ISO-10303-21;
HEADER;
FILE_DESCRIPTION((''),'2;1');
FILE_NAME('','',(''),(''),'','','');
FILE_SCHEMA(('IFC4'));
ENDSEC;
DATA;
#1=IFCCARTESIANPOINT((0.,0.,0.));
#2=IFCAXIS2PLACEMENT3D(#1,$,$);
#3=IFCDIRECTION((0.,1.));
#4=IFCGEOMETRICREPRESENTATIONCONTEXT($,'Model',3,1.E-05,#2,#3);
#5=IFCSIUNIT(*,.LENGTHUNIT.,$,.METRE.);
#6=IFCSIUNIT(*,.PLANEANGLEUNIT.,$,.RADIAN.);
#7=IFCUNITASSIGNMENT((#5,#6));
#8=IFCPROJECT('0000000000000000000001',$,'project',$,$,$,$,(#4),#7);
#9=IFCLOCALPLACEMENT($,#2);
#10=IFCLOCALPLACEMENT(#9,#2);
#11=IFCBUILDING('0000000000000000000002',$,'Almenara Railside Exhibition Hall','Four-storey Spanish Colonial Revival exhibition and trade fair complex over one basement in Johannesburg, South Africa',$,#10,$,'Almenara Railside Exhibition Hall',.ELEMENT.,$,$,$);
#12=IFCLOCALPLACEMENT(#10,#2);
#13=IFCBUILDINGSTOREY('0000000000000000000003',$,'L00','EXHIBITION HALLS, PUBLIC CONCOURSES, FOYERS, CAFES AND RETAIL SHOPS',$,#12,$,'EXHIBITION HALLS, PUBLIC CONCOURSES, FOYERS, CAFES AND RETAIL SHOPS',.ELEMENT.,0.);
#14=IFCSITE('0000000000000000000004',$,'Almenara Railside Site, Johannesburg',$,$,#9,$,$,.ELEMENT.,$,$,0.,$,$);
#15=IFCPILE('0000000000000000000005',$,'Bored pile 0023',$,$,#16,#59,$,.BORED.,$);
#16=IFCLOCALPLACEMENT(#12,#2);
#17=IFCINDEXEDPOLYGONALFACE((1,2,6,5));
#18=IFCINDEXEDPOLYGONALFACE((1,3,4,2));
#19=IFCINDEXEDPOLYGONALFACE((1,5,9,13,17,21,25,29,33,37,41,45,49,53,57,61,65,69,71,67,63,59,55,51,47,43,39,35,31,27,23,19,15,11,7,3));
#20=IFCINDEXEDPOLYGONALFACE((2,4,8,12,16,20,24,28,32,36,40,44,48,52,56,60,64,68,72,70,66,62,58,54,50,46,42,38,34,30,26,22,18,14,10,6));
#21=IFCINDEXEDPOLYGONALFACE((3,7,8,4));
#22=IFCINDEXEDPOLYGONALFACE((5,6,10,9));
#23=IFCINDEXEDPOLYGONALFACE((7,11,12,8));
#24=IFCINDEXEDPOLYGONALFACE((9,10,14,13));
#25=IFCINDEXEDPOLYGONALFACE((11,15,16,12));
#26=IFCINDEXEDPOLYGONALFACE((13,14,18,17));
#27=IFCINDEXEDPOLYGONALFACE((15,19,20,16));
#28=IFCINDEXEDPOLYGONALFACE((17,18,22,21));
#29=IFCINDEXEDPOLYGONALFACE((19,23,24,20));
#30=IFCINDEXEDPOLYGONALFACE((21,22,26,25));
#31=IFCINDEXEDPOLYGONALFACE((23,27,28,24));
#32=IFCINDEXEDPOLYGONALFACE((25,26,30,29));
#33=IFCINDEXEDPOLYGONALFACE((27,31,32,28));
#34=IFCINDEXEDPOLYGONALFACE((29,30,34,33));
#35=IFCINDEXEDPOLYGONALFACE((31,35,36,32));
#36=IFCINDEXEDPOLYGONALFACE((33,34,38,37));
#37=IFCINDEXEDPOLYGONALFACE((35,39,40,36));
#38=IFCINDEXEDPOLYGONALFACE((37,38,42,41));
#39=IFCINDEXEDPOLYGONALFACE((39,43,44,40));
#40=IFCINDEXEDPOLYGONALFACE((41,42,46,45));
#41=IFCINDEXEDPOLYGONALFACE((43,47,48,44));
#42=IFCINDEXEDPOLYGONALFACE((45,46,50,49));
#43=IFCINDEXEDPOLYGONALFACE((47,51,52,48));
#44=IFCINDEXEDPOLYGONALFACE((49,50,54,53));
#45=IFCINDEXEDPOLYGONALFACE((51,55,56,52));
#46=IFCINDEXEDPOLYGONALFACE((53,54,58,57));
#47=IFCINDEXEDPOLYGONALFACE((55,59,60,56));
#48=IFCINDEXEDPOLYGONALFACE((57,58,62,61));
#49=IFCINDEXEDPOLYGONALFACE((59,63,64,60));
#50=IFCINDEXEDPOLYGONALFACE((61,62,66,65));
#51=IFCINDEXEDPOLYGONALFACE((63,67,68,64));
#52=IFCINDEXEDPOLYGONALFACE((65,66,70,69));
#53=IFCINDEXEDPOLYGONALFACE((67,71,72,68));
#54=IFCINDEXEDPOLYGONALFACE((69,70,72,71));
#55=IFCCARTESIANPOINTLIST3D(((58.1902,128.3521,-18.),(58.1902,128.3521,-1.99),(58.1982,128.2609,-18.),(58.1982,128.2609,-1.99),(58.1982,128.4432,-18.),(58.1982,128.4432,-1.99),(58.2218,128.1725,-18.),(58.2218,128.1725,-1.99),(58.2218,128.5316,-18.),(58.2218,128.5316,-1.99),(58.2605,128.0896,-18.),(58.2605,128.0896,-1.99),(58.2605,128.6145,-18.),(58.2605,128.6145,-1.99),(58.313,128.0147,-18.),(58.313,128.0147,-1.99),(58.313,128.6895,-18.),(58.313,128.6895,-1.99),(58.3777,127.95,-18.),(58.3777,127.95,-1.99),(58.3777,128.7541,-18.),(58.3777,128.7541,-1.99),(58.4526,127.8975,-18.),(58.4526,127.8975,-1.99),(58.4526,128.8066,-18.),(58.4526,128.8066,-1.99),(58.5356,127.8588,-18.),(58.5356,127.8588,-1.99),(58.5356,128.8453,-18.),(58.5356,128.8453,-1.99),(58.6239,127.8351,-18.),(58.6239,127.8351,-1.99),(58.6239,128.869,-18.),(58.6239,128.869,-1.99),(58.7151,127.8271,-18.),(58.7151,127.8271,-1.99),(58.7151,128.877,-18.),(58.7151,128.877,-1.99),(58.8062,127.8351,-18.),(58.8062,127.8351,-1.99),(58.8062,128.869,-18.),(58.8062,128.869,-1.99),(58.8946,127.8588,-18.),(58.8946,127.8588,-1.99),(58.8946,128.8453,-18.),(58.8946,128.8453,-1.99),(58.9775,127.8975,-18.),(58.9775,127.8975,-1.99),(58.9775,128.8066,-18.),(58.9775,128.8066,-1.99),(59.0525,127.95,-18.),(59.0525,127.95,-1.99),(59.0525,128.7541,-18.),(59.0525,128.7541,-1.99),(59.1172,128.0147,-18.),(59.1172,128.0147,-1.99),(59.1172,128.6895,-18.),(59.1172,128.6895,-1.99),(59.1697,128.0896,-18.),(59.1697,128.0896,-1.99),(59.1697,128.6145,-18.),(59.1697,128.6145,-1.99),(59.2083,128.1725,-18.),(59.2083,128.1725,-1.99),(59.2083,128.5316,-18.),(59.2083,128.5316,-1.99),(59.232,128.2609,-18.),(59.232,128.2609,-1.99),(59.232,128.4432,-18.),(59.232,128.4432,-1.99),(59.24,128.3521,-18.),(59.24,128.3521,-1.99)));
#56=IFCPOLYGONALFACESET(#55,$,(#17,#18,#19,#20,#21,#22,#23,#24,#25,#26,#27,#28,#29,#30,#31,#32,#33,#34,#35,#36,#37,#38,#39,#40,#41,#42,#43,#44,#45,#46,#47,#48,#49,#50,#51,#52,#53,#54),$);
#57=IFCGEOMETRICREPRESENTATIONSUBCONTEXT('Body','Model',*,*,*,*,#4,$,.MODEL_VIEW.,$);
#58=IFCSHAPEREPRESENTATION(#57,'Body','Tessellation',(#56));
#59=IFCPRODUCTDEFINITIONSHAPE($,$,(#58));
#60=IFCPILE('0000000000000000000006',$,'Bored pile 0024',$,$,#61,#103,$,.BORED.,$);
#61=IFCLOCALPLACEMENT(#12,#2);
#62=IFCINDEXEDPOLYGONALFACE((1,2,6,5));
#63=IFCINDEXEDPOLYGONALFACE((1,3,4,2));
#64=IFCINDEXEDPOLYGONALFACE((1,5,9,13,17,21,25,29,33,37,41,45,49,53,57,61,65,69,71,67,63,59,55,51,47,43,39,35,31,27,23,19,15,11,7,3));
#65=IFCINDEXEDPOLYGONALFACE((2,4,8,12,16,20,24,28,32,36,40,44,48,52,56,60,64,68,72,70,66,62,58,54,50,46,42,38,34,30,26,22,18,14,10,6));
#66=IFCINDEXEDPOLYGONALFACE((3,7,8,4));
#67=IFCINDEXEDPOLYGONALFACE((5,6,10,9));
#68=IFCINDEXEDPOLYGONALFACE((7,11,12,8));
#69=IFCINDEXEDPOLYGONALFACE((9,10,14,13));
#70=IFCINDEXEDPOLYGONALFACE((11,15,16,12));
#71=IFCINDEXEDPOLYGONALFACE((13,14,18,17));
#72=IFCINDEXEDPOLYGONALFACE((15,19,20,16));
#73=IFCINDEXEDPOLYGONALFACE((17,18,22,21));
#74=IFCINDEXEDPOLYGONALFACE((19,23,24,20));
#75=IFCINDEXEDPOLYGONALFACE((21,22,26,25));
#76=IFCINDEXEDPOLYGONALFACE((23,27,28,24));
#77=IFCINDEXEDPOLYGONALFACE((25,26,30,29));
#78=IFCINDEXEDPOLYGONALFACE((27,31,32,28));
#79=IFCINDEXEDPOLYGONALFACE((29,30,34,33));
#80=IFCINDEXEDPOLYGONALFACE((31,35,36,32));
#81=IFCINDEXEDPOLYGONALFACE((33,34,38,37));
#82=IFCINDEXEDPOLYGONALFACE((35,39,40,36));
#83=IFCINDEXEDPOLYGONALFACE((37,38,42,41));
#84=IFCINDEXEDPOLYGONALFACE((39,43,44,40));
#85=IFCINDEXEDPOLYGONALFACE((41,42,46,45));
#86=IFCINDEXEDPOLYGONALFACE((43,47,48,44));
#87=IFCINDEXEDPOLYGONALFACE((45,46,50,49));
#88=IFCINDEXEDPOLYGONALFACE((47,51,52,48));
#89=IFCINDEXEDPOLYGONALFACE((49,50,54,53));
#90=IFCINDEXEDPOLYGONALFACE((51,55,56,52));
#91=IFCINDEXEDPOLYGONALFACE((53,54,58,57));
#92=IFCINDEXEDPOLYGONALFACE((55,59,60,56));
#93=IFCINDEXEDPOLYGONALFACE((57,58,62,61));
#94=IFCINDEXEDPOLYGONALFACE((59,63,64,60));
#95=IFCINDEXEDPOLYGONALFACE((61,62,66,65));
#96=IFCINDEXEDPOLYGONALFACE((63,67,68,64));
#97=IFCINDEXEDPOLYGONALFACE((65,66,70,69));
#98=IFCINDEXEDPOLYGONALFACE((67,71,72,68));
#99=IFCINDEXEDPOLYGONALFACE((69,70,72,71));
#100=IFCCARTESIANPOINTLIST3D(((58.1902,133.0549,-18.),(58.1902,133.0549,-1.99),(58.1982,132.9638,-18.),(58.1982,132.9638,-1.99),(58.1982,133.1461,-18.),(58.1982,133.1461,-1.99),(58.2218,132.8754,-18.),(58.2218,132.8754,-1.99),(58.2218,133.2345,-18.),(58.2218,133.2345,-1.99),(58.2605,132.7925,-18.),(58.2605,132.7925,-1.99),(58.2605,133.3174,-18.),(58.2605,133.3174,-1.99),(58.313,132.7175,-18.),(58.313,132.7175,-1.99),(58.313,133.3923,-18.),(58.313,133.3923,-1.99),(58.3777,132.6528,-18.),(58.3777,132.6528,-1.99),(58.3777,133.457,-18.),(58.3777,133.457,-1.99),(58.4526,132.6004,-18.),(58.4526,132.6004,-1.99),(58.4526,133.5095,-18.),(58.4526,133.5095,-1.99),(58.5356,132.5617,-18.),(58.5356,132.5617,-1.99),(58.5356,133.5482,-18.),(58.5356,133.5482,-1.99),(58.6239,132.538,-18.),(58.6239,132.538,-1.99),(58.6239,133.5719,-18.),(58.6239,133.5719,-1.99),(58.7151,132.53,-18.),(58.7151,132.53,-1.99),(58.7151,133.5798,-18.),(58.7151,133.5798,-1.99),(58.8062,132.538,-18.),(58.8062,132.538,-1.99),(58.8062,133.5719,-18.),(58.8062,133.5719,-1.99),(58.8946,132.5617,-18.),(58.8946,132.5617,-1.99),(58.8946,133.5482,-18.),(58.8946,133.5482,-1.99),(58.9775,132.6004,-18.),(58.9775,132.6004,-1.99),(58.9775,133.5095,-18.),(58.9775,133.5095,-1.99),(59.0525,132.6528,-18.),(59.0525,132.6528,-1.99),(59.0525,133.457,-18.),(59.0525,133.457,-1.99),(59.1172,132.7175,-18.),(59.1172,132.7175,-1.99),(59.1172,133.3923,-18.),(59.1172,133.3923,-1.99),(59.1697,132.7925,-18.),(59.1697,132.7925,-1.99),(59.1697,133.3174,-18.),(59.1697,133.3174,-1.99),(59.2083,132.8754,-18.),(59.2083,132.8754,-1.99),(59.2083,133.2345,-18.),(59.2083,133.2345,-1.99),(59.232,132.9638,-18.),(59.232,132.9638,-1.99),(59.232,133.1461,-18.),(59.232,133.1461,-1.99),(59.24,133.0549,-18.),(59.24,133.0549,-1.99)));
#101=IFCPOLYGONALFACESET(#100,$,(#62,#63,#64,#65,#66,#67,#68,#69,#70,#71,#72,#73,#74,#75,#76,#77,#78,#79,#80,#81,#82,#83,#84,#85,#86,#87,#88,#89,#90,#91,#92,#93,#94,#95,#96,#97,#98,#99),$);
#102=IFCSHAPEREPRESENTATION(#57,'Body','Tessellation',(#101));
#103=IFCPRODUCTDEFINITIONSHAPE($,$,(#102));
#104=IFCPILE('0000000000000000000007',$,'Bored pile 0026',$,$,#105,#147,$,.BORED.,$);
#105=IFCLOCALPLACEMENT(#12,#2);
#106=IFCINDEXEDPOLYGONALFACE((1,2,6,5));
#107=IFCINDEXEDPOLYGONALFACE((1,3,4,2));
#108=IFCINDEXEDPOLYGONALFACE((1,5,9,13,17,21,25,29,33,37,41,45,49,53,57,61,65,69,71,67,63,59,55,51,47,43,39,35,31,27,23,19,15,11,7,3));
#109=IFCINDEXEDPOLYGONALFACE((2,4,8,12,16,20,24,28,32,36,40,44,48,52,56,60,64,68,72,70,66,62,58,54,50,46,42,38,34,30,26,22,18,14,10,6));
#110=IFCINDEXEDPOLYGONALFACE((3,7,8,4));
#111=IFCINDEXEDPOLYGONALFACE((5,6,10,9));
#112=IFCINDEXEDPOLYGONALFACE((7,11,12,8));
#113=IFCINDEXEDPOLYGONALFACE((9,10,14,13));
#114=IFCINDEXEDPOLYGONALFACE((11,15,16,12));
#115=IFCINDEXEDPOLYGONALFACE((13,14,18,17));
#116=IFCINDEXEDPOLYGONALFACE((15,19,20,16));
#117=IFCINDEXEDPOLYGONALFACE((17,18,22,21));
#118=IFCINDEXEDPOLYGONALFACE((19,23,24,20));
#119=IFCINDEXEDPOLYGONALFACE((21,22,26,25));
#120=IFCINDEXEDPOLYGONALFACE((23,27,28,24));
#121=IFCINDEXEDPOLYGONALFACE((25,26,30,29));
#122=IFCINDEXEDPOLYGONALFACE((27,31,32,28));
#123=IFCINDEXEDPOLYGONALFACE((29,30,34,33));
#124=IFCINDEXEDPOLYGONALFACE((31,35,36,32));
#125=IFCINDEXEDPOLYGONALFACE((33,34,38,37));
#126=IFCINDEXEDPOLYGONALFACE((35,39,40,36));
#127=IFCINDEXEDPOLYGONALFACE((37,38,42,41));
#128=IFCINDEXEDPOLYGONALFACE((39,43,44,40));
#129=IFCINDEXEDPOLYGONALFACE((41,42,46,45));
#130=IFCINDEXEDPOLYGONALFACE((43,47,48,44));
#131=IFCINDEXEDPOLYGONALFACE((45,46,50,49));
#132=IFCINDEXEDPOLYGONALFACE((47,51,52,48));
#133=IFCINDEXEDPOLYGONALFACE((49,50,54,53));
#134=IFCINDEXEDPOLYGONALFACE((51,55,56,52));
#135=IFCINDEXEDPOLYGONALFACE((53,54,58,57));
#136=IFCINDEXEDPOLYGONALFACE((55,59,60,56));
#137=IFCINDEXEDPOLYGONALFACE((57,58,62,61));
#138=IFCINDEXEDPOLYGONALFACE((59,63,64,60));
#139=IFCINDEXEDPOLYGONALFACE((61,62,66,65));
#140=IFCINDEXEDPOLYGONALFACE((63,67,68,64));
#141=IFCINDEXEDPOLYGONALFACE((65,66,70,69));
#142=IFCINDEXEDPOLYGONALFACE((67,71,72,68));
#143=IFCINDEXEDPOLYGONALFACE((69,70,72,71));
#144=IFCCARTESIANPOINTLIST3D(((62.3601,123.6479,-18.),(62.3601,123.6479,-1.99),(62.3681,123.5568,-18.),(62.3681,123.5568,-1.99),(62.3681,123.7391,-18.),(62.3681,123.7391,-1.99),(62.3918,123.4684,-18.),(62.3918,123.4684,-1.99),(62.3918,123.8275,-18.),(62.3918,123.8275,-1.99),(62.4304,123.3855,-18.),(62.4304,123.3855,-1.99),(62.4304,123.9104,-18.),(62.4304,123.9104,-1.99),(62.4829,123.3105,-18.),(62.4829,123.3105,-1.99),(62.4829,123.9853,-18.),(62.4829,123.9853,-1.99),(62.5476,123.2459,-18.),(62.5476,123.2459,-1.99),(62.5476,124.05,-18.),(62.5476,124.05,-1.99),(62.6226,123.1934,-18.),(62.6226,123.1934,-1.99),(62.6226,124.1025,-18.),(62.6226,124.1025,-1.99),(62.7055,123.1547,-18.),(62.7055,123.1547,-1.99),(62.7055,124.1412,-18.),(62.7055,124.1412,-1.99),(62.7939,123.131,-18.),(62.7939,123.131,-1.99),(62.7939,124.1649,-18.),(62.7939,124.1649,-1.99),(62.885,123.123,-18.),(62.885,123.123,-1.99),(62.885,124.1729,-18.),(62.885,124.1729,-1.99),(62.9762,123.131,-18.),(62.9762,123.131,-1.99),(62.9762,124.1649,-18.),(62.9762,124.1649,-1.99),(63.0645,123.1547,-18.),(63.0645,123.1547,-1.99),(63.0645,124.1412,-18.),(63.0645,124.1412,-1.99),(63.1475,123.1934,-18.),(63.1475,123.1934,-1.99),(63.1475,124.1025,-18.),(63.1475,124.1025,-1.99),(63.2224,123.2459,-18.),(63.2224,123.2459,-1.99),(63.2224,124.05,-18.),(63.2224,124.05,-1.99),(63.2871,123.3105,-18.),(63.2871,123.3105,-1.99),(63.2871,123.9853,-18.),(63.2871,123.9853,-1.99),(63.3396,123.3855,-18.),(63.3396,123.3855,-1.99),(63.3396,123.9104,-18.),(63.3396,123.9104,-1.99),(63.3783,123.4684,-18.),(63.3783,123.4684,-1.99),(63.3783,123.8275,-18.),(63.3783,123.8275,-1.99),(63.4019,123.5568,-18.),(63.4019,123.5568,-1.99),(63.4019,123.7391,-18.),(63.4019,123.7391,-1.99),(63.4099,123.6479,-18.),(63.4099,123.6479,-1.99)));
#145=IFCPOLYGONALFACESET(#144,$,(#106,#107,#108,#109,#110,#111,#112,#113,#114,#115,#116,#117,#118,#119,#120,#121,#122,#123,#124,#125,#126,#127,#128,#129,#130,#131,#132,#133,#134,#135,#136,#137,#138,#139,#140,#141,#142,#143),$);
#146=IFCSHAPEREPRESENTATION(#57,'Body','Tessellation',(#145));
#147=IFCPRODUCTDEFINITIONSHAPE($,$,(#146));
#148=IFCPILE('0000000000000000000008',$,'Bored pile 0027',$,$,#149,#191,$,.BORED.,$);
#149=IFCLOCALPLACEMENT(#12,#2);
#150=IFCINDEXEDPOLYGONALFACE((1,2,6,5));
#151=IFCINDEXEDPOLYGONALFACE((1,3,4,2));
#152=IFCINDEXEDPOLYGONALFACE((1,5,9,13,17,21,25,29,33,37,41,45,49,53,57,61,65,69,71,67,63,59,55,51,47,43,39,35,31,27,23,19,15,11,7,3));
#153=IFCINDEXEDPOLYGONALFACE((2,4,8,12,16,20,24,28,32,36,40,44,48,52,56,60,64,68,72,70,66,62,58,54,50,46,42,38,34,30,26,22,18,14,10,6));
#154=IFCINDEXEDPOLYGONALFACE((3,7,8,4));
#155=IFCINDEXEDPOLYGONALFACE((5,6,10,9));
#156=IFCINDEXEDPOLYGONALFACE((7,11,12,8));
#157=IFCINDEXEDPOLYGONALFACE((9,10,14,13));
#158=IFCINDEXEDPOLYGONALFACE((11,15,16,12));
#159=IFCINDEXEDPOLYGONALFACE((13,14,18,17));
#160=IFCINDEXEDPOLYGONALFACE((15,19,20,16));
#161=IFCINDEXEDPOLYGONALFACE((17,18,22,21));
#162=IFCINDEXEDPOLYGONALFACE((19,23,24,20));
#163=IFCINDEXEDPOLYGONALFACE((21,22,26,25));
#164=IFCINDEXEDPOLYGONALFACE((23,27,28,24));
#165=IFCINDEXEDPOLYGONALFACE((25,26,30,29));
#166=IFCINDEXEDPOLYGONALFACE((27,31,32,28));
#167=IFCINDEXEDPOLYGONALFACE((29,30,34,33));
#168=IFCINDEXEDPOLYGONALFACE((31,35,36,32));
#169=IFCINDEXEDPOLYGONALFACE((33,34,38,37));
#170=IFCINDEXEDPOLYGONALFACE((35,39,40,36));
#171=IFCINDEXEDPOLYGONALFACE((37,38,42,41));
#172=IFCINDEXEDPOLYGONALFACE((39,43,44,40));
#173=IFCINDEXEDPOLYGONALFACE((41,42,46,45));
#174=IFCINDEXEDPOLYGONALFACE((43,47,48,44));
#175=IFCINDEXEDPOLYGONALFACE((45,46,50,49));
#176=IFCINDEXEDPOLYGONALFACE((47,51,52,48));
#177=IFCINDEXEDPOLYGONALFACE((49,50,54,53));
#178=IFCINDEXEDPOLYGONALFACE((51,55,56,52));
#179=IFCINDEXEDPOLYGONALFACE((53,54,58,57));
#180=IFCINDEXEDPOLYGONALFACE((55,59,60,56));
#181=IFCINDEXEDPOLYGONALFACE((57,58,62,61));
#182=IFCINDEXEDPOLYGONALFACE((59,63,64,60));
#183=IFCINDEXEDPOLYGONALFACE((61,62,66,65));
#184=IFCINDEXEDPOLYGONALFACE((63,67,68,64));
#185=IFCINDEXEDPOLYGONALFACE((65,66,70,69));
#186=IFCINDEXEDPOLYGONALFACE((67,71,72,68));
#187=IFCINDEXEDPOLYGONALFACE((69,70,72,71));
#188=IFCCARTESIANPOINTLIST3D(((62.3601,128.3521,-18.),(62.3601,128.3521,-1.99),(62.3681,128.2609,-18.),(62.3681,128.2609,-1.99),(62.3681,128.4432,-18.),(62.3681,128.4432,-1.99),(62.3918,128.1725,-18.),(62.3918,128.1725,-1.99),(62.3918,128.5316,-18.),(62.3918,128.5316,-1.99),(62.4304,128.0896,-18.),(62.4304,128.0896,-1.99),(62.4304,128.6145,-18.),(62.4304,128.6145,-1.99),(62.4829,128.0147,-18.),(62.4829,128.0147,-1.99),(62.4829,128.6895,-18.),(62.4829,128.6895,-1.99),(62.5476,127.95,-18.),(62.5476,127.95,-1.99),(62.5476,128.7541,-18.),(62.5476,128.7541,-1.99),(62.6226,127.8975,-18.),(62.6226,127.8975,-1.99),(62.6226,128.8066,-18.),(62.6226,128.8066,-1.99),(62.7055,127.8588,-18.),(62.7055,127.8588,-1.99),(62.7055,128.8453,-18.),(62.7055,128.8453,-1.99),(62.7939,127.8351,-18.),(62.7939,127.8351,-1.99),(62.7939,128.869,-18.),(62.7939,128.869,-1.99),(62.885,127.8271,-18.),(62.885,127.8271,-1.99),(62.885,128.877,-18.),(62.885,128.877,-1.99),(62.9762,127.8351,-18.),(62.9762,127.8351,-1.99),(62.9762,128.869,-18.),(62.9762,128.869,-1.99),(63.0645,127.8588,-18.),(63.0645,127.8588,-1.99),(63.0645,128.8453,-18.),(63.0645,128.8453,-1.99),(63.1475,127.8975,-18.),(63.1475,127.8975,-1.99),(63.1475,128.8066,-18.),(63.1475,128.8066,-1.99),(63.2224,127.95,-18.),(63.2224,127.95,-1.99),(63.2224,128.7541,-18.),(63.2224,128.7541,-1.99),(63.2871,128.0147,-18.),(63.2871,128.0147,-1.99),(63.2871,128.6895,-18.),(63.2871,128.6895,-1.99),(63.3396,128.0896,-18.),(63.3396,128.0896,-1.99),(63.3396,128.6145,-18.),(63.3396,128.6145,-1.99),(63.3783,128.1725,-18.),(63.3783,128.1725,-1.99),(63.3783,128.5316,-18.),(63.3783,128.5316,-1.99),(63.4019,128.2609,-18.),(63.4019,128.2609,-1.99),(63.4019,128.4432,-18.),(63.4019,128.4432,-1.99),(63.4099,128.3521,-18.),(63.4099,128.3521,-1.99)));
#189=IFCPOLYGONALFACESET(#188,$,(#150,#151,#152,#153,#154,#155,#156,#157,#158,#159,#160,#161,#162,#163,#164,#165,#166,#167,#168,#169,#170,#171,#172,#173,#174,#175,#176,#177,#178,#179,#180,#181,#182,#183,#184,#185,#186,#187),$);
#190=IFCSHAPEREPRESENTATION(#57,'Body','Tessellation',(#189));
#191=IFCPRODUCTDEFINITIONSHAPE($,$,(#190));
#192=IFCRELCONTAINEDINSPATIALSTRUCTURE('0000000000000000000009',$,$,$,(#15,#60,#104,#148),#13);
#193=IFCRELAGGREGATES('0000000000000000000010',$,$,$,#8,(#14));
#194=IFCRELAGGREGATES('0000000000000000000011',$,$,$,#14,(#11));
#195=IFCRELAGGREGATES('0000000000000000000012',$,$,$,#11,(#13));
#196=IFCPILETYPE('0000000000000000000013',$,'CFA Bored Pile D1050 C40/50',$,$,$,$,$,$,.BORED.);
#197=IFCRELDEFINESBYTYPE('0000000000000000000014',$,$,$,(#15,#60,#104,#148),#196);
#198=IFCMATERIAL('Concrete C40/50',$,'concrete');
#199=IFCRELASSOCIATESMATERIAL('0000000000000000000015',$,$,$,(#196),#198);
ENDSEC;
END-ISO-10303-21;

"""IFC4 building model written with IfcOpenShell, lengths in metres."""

from ifc_helpers import new_model, si_unit, direction, frame, origin, origin_2d, place, context, subcontext, project, spatial, circle, extrude, material, material_profile, profile_set, type_object, element, save


model = new_model("IFC4")

# Units and contexts
model_context = context("Model", 3, precision=1e-05, world=origin(), true_north=direction((0.0, 1.0)))
body_context = subcontext(model_context, "Body", "Model", "MODEL_VIEW")
ifc_project = project(units=[si_unit("LENGTHUNIT", "METRE"), si_unit("PLANEANGLEUNIT", "RADIAN")], contexts=[model_context])

# Site, building, storey
site_placement = place(None, origin())
site = spatial("IfcSite", under=ifc_project, at=site_placement, Name="Almenara Railside Site, Johannesburg", CompositionType="ELEMENT", RefElevation=0.0)
building_placement = place(site_placement, origin())
building = spatial("IfcBuilding", under=site, at=building_placement, Name="Almenara Railside Exhibition Hall", Description="Four-storey Spanish Colonial Revival exhibition and trade fair complex over one basement in Johannesburg, South Africa", LongName="Almenara Railside Exhibition Hall", CompositionType="ELEMENT")
storey_placement = place(building_placement, origin())
storey = spatial("IfcBuildingStorey", under=building, at=storey_placement, Name="L00", Description="EXHIBITION HALLS, PUBLIC CONCOURSES, FOYERS, CAFES AND RETAIL SHOPS", LongName="EXHIBITION HALLS, PUBLIC CONCOURSES, FOYERS, CAFES AND RETAIL SHOPS", CompositionType="ELEMENT", Elevation=0.0)

# Piles
ifc_material_1 = material(Name="Concrete C40/50", Category="concrete")
ifc_material_profile_1 = material_profile(ifc_material_1, circle(Radius=0.5249, at=origin_2d()), Name="CFA-PILE D1050")
ifc_profile_set_1 = profile_set([ifc_material_profile_1], Name="Concrete C40/50")
pile_type = type_object("IfcPileType", Name="CFA Bored Pile D1050 C40/50", PredefinedType="BORED", material=ifc_profile_set_1)
for number, where, z_axis, x_axis, name in (
    (1, (58.7151, 128.3521, -1.99), (0.0, 0.0, -1.0), (1.0, 0.0, 0.0), "Bored pile 0023"),
    (2, (58.7151, 133.0549, -1.99), (0.0, 0.0, -1.0), (1.0, 0.0, 0.0), "Bored pile 0024"),
    (3, (62.885, 123.6479, -1.99), (0.0, 0.0, -1.0), (1.0, 0.0, 0.0), "Bored pile 0026"),
    (4, (62.885, 128.3521, -1.99), (0.0, 0.0, -1.0), (1.0, 0.0, 0.0), "Bored pile 0027"),
):
    element("IfcPile", number, at=place(storey_placement, frame(where, z_axis=z_axis, x_axis=x_axis)), inside=storey, type_object=pile_type, Name=name, PredefinedType="BORED", context=body_context, shape_type="SweptSolid", body=[
        extrude(circle(Radius=0.5249, at=origin_2d()), origin(), (0.0, 0.0, 1.0), 16.01),
    ])

save(model, "model.ifc")
